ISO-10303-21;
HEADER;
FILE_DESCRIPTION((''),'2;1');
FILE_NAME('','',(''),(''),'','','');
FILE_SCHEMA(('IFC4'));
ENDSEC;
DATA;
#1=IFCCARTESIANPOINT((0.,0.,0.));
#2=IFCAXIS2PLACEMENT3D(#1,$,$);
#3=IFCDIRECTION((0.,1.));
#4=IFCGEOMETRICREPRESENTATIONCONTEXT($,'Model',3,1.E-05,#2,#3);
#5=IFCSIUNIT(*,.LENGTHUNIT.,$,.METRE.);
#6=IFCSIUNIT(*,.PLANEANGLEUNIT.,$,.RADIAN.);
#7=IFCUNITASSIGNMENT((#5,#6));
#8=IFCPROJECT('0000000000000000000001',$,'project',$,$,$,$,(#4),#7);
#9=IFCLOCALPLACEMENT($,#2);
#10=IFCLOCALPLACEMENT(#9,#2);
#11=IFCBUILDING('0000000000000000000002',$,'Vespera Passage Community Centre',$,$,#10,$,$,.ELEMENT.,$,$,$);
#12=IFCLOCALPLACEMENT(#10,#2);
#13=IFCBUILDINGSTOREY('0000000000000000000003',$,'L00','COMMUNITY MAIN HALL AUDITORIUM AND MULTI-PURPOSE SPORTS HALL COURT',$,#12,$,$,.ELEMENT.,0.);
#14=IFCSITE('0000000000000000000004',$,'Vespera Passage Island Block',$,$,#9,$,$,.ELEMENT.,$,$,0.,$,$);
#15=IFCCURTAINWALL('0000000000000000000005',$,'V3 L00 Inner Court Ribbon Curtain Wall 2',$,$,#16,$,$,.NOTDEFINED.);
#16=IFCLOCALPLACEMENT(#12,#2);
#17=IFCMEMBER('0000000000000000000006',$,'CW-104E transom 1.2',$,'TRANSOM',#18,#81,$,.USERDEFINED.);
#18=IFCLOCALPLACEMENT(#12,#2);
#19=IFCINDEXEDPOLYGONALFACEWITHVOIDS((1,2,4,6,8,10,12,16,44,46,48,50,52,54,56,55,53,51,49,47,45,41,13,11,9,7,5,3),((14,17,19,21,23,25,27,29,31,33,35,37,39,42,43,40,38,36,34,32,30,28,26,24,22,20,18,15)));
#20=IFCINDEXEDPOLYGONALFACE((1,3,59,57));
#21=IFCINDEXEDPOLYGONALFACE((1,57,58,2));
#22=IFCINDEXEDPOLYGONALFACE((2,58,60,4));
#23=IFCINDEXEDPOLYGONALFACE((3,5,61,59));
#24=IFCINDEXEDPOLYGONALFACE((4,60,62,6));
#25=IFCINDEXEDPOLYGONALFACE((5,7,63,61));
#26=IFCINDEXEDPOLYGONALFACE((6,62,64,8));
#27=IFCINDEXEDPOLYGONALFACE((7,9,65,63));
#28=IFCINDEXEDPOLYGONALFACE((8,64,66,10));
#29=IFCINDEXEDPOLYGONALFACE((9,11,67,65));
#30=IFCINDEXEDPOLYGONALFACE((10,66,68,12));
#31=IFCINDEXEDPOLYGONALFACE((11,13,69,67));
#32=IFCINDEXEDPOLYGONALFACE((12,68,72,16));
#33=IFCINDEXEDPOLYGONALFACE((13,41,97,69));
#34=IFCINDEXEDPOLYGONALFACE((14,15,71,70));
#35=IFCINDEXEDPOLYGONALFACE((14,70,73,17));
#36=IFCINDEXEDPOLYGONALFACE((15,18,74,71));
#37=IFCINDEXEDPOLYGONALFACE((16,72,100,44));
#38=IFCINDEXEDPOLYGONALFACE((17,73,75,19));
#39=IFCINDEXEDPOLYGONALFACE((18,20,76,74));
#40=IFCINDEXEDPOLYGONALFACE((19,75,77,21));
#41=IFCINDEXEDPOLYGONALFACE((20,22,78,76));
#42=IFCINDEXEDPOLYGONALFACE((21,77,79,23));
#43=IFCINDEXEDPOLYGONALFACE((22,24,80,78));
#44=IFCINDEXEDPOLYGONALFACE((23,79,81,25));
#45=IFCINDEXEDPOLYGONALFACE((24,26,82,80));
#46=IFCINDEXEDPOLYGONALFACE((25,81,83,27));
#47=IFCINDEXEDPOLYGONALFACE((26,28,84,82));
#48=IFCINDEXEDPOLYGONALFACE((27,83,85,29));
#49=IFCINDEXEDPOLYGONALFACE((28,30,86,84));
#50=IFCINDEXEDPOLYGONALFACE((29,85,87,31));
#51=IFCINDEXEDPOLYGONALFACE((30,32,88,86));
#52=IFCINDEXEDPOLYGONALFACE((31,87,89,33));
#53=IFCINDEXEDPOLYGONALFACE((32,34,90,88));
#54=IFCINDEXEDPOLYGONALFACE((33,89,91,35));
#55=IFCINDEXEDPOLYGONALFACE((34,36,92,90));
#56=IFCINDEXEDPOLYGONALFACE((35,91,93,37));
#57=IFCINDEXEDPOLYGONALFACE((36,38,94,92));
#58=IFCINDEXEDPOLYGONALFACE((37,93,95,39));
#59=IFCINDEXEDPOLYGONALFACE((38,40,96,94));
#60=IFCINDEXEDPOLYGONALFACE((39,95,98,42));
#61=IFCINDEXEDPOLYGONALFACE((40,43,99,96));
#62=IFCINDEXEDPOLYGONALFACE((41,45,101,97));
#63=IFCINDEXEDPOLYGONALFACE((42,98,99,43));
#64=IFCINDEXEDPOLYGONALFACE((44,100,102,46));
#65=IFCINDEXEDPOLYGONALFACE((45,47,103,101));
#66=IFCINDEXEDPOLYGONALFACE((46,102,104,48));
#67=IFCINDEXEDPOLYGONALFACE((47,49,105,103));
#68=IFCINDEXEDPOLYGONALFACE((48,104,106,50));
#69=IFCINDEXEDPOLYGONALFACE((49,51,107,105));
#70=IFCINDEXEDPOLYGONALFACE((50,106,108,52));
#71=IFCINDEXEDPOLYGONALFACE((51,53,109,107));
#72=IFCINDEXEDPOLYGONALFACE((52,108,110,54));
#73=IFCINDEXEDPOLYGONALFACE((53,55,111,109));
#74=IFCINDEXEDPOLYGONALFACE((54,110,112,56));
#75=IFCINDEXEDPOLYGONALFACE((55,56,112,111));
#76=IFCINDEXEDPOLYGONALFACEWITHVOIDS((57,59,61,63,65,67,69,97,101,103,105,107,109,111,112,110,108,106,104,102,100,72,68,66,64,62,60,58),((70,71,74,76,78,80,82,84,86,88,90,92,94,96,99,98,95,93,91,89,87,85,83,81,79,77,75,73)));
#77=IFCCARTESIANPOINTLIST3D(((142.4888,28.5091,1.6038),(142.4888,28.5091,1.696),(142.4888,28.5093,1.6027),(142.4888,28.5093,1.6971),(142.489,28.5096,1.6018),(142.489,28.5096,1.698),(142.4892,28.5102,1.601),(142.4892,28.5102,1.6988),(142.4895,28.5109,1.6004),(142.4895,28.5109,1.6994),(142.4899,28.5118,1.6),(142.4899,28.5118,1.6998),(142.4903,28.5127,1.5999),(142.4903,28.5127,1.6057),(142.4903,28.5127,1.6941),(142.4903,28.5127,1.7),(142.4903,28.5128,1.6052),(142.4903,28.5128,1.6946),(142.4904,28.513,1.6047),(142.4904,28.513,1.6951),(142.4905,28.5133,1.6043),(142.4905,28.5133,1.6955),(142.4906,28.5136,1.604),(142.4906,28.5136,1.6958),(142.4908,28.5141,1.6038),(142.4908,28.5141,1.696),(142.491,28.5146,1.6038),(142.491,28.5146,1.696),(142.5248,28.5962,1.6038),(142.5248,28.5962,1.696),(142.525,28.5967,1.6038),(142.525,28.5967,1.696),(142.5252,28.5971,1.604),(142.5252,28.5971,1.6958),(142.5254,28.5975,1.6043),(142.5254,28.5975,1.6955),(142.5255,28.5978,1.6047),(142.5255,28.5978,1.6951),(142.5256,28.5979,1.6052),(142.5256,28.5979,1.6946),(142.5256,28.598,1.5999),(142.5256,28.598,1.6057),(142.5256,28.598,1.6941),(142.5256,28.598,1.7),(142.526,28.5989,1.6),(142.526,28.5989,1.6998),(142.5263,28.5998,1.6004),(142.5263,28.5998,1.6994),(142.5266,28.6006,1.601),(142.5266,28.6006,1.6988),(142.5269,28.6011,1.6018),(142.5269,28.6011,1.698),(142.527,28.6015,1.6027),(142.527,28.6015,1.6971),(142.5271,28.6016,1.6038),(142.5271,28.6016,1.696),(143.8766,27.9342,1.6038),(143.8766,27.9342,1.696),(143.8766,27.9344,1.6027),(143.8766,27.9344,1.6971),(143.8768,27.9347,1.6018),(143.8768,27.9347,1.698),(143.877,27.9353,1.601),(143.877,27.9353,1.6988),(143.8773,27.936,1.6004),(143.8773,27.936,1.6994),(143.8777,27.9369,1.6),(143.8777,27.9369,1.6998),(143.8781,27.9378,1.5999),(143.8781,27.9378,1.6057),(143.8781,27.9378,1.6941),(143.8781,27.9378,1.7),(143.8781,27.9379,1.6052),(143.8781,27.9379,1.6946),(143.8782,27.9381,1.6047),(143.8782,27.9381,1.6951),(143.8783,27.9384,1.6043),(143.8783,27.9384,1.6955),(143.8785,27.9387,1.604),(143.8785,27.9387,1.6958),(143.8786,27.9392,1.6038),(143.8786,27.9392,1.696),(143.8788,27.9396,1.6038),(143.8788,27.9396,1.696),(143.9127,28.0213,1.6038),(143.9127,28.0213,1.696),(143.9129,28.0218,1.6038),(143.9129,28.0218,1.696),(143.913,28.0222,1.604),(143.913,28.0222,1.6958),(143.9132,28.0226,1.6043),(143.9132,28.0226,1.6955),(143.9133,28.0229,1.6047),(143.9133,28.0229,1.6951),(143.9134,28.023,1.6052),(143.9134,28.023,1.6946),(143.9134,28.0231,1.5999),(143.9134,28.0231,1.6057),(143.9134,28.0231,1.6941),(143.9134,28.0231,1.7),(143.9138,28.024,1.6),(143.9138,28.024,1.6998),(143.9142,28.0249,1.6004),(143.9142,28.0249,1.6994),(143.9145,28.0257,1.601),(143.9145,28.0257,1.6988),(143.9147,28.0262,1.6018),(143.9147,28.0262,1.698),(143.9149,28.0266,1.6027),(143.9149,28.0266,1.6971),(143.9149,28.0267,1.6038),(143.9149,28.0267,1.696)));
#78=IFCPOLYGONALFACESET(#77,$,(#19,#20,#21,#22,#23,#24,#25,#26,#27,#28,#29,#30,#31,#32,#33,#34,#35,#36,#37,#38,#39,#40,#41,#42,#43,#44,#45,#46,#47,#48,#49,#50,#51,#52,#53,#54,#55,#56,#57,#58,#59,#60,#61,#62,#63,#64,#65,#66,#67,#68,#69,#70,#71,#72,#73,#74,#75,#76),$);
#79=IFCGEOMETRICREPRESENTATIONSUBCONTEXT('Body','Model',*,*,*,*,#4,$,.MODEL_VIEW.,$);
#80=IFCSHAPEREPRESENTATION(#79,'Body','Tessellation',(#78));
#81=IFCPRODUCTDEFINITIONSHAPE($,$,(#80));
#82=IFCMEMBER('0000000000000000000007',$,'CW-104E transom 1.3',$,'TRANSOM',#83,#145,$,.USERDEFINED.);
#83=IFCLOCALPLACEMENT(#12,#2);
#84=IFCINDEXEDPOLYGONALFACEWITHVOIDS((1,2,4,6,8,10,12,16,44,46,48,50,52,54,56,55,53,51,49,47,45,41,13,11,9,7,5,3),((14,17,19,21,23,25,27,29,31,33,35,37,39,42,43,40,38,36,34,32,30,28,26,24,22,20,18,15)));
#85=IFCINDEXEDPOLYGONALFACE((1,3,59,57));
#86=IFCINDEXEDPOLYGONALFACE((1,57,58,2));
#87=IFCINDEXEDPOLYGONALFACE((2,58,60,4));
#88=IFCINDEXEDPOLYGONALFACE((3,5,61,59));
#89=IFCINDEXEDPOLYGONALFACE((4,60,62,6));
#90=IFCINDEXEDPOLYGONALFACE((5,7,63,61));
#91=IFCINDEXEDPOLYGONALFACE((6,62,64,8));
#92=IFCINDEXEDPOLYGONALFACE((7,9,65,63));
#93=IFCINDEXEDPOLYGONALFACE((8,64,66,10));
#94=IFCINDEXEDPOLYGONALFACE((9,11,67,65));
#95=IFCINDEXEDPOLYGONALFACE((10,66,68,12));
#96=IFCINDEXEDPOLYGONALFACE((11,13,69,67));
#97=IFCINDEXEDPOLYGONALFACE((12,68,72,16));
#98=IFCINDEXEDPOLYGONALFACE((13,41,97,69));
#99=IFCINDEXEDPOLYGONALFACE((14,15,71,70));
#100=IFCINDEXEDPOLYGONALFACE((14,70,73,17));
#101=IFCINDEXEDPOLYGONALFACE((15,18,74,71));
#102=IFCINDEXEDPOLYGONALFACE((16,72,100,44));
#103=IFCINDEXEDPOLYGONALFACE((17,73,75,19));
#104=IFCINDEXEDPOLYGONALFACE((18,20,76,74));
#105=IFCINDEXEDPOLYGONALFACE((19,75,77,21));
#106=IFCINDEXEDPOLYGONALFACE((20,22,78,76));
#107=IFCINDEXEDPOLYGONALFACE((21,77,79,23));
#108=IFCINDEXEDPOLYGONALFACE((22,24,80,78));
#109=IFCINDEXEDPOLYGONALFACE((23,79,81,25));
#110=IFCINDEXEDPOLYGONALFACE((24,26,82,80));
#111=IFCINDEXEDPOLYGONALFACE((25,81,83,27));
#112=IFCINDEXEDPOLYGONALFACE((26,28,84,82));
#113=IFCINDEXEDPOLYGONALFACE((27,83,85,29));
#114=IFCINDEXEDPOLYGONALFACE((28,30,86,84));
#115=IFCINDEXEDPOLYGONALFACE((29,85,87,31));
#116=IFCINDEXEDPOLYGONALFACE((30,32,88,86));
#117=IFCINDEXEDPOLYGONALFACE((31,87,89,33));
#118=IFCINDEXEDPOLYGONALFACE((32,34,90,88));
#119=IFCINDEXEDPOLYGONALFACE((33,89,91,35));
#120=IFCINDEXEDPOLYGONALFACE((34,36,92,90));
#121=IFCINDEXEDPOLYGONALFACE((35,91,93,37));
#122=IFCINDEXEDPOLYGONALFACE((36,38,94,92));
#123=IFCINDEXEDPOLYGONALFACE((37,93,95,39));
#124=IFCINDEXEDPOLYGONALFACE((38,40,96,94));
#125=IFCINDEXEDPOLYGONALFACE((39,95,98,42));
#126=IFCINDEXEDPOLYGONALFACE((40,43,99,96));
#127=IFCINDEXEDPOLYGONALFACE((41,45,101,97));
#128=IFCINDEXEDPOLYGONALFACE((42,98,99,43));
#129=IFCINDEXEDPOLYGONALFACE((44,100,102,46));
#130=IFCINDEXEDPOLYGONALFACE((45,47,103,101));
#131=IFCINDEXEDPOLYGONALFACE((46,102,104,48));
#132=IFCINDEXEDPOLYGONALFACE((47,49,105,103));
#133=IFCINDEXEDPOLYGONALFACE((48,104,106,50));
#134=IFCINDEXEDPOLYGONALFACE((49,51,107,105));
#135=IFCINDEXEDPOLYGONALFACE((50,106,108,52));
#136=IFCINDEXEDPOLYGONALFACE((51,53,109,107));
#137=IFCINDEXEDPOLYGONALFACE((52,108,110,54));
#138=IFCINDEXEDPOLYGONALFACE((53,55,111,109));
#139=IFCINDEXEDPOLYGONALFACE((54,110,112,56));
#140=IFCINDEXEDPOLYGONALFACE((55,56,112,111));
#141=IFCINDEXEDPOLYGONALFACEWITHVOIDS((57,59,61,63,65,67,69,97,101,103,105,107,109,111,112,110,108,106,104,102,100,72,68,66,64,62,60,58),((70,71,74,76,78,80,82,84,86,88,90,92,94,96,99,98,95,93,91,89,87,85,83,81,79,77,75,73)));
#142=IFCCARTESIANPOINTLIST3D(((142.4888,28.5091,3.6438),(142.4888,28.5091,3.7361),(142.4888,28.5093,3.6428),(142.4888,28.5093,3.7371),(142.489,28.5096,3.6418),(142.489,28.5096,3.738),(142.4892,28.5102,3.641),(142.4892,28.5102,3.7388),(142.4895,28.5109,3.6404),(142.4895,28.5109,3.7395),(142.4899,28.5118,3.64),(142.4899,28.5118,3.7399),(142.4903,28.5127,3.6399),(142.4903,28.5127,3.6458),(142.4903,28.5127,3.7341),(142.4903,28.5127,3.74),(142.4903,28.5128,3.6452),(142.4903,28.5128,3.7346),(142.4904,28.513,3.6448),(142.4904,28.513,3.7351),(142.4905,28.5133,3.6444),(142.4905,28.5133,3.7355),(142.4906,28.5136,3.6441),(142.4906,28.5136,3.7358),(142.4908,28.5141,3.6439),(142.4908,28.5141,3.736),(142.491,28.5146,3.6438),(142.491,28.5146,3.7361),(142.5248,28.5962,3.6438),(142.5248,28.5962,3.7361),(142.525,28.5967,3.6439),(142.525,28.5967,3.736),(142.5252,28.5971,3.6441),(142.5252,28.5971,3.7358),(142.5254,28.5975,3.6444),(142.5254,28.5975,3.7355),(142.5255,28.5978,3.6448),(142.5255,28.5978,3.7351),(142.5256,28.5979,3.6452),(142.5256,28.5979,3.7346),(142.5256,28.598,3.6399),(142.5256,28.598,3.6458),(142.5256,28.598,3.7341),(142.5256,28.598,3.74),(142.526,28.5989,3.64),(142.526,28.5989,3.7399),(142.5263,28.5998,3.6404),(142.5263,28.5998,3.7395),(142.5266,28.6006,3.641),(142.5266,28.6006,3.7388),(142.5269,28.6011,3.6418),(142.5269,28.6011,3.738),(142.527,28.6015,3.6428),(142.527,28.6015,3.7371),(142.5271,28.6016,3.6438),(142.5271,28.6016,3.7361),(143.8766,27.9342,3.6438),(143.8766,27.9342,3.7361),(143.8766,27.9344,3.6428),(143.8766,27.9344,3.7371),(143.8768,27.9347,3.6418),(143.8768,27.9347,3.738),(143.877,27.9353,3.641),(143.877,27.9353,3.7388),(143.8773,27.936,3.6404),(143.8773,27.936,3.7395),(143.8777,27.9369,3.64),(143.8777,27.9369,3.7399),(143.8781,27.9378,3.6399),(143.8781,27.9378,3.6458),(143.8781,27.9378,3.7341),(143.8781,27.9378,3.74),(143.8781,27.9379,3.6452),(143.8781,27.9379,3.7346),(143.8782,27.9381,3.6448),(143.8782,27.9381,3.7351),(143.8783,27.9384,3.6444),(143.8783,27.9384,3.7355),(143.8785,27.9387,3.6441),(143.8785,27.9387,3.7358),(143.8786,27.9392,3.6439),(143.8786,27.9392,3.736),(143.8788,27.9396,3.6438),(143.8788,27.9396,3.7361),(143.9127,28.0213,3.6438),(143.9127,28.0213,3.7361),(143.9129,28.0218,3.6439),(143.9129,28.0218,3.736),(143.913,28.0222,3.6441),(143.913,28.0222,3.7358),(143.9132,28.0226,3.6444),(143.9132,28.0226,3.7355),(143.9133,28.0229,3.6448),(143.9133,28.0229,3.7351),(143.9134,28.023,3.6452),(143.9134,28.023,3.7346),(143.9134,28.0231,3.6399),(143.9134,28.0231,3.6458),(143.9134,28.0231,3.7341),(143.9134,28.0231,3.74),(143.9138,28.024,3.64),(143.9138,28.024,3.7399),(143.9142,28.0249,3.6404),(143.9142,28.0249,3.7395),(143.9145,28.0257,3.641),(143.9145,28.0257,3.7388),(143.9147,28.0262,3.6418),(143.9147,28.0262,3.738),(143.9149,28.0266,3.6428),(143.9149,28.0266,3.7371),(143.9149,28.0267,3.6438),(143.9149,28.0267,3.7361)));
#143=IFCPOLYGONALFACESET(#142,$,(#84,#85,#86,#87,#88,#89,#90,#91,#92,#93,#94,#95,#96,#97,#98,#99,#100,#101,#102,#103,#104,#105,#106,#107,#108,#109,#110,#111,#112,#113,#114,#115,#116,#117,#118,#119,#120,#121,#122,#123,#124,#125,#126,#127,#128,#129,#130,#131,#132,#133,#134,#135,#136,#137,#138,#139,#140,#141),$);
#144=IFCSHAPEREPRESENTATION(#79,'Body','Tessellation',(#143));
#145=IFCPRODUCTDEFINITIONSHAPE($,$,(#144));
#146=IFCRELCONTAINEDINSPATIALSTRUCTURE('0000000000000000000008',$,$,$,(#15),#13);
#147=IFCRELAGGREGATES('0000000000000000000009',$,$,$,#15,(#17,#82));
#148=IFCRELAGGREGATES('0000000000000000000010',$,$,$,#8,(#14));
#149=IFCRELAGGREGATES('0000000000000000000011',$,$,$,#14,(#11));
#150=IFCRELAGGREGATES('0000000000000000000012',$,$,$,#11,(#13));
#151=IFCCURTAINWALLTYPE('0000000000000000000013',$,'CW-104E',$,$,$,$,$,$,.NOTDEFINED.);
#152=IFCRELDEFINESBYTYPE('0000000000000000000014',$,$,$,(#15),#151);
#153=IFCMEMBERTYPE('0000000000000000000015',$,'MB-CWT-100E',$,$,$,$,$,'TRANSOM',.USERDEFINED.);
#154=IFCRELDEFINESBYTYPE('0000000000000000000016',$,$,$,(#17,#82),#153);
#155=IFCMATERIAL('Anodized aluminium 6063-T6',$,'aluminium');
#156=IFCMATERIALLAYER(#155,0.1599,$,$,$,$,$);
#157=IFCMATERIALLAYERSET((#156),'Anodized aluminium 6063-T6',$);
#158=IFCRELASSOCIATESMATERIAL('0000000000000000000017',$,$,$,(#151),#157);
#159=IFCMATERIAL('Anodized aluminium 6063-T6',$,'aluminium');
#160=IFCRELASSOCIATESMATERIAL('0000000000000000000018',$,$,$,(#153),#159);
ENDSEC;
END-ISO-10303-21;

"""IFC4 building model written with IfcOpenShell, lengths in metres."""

from ifc_helpers import new_model, si_unit, direction, frame, origin, origin_2d, place, context, subcontext, project, spatial, hollow_rectangle, extrude, material, layer, layer_set, material_profile, profile_set, type_object, element, aggregate, save


model = new_model("IFC4")

# Units and contexts
model_context = context("Model", 3, precision=1e-05, world=origin(), true_north=direction((0.0, 1.0)))
body_context = subcontext(model_context, "Body", "Model", "MODEL_VIEW")
ifc_project = project(units=[si_unit("LENGTHUNIT", "METRE"), si_unit("PLANEANGLEUNIT", "RADIAN")], contexts=[model_context])

# Site, building, storey
site_placement = place(None, origin())
site = spatial("IfcSite", under=ifc_project, at=site_placement, Name="Vespera Passage Island Block", CompositionType="ELEMENT", RefElevation=0.0)
building_placement = place(site_placement, origin())
building = spatial("IfcBuilding", under=site, at=building_placement, Name="Vespera Passage Community Centre", CompositionType="ELEMENT")
storey_placement = place(building_placement, origin())
storey = spatial("IfcBuildingStorey", under=building, at=storey_placement, Name="L00", Description="COMMUNITY MAIN HALL AUDITORIUM AND MULTI-PURPOSE SPORTS HALL COURT", CompositionType="ELEMENT", Elevation=0.0)

# Curtain wall
ifc_material_1 = material(Name="Anodized aluminium 6063-T6", Category="aluminium")
ifc_layer_1 = layer(ifc_material_1, 0.1599)
ifc_layer_set_1 = layer_set([ifc_layer_1], Name="Anodized aluminium 6063-T6")
curtain_wall_type = type_object("IfcCurtainWallType", Name="CW-104E", PredefinedType="NOTDEFINED", material=ifc_layer_set_1)
curtain_wall_1_placement = place(storey_placement, origin())
curtain_wall_1 = element("IfcCurtainWall", 1, at=curtain_wall_1_placement, inside=storey, type_object=curtain_wall_type, Name="V3 L00 Inner Court Ribbon Curtain Wall 2", PredefinedType="NOTDEFINED")

# Members
ifc_material_2 = material(Name="Anodized aluminium 6063-T6", Category="aluminium")
ifc_material_profile_1 = material_profile(ifc_material_2, hollow_rectangle(XDim=0.1001, YDim=0.1001, WallThickness=0.0039, InnerFilletRadius=0.002, OuterFilletRadius=0.0039, at=origin_2d()), Name="ALU100X100X4")
ifc_profile_set_1 = profile_set([ifc_material_profile_1], Name="Anodized aluminium 6063-T6")
member_type_1 = type_object("IfcMemberType", Name="MB-CWT-100E", ElementType="TRANSOM", PredefinedType="USERDEFINED", material=ifc_profile_set_1)
member_1_placement = place(storey_placement, frame((143.8958, 27.9805, 1.6499), z_axis=(-0.923868, 0.382711, 0.0), x_axis=(-0.382711, -0.923868, 0.0)))
member_1 = element("IfcMember", 2, at=member_1_placement, type_object=member_type_1, Name="CW-104E transom 1.2", ObjectType="TRANSOM", PredefinedType="USERDEFINED", context=body_context, shape_type="SweptSolid", body=[
    extrude(hollow_rectangle(XDim=0.1001, YDim=0.1001, WallThickness=0.0039, InnerFilletRadius=0.002, OuterFilletRadius=0.0039, at=origin_2d()), origin(), (0.0, 0.0, 1.0), 1.5022),
])
member_2_placement = place(storey_placement, frame((143.8958, 27.9805, 3.6899), z_axis=(-0.923868, 0.382711, 0.0), x_axis=(-0.382711, -0.923868, 0.0)))
member_2 = element("IfcMember", 3, at=member_2_placement, type_object=member_type_1, Name="CW-104E transom 1.3", ObjectType="TRANSOM", PredefinedType="USERDEFINED", context=body_context, shape_type="SweptSolid", body=[
    extrude(hollow_rectangle(XDim=0.1001, YDim=0.1001, WallThickness=0.0039, InnerFilletRadius=0.002, OuterFilletRadius=0.0039, at=origin_2d()), origin(), (0.0, 0.0, 1.0), 1.5022),
])

aggregate(curtain_wall_1, [member_1, member_2])

save(model, "model.ifc")
